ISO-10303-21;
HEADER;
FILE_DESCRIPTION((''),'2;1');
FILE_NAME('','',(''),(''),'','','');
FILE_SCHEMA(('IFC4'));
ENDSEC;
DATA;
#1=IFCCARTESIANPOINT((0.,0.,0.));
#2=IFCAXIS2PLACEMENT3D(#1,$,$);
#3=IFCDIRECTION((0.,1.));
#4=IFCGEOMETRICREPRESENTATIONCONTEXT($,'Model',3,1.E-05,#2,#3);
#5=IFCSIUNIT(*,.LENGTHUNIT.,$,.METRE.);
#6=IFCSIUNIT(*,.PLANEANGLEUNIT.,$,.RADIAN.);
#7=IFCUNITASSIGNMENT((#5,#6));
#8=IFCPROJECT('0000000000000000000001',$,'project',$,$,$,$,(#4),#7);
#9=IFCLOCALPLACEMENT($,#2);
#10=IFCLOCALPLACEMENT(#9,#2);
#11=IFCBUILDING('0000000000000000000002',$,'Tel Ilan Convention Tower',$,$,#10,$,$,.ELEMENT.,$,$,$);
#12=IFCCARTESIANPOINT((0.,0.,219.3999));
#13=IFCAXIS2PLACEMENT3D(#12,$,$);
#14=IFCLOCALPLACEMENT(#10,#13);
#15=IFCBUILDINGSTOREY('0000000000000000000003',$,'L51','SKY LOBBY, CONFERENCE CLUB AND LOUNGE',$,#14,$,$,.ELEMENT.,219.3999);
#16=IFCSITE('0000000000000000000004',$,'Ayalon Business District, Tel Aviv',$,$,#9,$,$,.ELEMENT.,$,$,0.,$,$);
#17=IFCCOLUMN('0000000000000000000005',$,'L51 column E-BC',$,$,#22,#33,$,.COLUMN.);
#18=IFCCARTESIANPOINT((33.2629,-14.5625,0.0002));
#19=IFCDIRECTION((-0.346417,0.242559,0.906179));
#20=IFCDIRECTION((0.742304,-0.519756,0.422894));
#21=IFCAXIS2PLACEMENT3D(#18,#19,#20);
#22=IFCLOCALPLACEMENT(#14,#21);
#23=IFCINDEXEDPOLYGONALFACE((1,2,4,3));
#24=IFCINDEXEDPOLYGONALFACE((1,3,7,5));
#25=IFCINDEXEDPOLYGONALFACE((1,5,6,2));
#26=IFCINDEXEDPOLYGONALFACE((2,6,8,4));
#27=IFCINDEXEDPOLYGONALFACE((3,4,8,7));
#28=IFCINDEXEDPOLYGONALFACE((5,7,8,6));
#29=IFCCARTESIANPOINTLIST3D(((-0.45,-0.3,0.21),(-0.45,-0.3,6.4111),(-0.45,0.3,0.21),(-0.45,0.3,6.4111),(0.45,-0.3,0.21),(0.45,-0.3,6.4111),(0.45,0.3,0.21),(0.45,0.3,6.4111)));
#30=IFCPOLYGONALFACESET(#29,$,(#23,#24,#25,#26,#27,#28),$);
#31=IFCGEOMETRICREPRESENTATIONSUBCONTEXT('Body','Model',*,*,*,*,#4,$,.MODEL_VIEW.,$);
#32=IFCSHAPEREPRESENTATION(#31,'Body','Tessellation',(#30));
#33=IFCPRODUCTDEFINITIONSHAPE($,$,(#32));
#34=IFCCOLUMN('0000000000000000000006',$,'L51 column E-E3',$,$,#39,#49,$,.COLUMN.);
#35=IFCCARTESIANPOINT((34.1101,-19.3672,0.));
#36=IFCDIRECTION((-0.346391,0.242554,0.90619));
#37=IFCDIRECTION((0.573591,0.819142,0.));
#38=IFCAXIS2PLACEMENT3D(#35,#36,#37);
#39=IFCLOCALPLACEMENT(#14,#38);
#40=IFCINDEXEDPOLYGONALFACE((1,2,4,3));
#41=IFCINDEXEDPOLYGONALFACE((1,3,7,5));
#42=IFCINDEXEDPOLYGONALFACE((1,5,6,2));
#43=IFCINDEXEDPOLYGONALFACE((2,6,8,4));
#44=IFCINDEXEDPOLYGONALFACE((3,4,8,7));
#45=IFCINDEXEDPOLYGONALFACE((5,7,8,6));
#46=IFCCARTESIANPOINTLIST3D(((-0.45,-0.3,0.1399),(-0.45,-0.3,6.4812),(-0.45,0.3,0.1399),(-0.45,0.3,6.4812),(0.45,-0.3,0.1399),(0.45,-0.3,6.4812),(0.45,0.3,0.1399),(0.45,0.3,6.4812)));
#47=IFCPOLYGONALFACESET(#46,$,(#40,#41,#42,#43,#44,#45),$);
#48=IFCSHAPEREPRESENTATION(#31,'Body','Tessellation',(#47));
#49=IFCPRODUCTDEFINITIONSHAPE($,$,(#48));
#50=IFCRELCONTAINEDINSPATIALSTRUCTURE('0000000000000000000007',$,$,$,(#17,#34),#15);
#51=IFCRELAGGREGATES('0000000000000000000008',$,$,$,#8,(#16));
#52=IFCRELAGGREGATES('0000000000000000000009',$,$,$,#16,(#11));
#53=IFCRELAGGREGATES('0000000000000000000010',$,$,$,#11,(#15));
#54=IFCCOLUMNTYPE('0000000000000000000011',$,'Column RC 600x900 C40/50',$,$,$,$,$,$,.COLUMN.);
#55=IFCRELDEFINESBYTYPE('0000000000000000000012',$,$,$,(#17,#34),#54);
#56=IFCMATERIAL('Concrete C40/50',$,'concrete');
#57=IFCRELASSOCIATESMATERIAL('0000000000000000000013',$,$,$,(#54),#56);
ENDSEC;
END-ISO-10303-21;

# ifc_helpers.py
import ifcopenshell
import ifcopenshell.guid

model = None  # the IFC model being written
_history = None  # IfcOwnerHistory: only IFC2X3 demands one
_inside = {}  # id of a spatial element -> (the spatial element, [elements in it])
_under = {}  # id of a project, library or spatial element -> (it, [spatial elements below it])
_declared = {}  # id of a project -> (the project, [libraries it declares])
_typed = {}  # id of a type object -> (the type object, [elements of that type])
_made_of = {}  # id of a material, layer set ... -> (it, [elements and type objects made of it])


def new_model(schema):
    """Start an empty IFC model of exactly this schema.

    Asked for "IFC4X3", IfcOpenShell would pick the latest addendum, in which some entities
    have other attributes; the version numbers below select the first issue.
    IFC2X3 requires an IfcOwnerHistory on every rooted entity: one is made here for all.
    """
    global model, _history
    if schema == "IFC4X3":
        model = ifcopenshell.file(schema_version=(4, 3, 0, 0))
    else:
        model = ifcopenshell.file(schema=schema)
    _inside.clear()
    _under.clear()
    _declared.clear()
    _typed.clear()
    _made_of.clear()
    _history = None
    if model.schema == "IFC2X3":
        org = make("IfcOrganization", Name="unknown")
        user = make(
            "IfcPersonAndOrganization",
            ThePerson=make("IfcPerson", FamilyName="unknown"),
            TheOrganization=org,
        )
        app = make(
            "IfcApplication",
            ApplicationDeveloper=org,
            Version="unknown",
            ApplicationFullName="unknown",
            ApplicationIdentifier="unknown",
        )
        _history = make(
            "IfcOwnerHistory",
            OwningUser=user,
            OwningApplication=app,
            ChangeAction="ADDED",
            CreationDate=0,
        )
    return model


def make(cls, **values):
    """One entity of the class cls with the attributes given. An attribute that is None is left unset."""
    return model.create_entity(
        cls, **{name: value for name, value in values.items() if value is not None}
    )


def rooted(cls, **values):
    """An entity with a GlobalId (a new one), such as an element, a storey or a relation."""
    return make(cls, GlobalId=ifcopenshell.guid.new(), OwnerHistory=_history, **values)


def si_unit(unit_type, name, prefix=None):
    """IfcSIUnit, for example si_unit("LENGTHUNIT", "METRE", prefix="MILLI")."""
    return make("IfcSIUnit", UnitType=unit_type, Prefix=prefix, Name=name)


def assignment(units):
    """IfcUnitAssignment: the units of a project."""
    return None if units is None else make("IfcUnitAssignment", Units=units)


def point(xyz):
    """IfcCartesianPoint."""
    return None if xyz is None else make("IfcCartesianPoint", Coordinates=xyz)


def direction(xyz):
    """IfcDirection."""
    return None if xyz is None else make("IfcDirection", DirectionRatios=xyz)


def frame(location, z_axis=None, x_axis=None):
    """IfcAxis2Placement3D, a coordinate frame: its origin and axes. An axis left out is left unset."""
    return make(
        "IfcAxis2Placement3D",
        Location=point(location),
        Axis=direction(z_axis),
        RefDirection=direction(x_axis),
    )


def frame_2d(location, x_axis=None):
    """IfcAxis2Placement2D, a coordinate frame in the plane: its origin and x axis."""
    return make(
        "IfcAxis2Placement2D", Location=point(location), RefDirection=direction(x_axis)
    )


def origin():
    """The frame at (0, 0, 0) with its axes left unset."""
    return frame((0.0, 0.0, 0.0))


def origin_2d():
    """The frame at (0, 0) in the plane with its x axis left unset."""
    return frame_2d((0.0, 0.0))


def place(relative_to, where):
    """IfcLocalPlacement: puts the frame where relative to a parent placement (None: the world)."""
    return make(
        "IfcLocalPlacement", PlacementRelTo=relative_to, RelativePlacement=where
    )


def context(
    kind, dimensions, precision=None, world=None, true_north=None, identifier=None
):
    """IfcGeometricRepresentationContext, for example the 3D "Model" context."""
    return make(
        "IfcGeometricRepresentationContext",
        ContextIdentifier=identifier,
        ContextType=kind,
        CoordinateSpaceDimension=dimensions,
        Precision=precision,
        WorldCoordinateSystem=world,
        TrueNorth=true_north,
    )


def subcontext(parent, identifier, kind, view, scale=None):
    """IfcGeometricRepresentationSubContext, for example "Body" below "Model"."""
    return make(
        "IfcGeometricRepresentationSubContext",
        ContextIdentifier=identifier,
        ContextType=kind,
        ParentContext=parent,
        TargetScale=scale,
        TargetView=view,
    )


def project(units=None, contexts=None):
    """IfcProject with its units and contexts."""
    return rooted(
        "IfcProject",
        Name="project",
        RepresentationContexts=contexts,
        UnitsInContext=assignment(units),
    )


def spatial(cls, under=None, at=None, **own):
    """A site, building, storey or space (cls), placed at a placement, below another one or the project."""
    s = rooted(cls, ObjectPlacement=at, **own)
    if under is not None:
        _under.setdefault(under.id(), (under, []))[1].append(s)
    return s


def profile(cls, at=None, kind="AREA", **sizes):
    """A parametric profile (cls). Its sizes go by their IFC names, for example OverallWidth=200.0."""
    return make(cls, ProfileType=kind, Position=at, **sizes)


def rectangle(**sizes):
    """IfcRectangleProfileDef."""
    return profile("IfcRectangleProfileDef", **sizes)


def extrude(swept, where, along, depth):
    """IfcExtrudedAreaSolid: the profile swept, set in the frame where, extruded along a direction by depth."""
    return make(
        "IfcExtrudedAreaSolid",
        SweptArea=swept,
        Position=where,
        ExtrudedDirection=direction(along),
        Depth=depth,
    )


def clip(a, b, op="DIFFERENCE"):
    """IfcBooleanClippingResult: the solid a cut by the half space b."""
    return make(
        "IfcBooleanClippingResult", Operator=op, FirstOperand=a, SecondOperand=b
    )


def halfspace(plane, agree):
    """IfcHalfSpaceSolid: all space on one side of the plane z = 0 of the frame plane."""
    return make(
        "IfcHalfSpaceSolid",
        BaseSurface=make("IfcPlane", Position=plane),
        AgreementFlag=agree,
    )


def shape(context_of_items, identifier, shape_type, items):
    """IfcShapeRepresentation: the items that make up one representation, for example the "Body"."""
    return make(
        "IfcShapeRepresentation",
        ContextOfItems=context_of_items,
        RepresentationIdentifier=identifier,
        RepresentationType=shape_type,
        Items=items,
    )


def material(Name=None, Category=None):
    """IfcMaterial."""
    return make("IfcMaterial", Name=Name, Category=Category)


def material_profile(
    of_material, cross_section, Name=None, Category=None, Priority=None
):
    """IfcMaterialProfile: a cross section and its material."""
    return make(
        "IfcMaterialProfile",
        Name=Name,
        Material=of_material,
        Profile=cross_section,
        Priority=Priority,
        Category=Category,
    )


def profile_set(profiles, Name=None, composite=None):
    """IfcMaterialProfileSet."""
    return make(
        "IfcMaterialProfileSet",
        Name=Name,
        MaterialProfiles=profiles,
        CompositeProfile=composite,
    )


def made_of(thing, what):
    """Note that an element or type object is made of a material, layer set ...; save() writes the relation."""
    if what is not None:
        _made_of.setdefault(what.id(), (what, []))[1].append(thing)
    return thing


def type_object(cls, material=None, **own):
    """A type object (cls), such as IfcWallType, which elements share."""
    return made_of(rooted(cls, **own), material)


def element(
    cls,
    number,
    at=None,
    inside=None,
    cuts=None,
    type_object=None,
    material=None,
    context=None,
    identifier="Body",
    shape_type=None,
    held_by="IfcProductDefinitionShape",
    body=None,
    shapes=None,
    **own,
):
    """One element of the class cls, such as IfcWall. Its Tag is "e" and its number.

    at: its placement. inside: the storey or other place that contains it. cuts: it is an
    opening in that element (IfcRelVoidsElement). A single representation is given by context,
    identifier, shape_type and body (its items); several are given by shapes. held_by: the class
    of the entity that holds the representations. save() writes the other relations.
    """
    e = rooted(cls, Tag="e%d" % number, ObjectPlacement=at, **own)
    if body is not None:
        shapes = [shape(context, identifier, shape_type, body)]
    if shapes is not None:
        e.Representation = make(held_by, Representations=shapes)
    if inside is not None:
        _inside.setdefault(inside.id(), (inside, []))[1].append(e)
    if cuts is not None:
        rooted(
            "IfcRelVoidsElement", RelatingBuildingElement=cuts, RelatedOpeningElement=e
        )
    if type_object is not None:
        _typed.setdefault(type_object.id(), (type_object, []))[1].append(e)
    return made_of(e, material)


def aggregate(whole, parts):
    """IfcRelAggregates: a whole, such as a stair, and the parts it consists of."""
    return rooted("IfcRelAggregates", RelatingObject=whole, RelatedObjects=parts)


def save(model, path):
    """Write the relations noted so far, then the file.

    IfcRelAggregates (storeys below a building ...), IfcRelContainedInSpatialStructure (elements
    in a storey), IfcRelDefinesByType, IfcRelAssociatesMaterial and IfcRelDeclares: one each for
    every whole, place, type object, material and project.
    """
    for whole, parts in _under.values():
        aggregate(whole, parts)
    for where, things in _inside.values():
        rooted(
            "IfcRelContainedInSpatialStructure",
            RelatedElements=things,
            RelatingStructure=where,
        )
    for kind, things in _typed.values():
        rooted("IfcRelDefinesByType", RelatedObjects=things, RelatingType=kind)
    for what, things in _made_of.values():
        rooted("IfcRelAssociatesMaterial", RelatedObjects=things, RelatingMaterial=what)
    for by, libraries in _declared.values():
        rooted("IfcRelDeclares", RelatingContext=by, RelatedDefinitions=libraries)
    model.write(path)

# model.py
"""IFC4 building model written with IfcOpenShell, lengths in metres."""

from ifc_helpers import new_model, si_unit, direction, frame, origin, origin_2d, place, context, subcontext, project, spatial, rectangle, extrude, clip, halfspace, material, material_profile, profile_set, type_object, element, save


model = new_model("IFC4")

# Units and contexts
model_context = context("Model", 3, precision=1e-05, world=origin(), true_north=direction((0.0, 1.0)))
body_context = subcontext(model_context, "Body", "Model", "MODEL_VIEW")
ifc_project = project(units=[si_unit("LENGTHUNIT", "METRE"), si_unit("PLANEANGLEUNIT", "RADIAN")], contexts=[model_context])

# Site, building, storey
site_placement = place(None, origin())
site = spatial("IfcSite", under=ifc_project, at=site_placement, Name="Ayalon Business District, Tel Aviv", CompositionType="ELEMENT", RefElevation=0.0)
building_placement = place(site_placement, origin())
building = spatial("IfcBuilding", under=site, at=building_placement, Name="Tel Ilan Convention Tower", CompositionType="ELEMENT")
storey_placement = place(building_placement, frame((0.0, 0.0, 219.3999)))
storey = spatial("IfcBuildingStorey", under=building, at=storey_placement, Name="L51", Description="SKY LOBBY, CONFERENCE CLUB AND LOUNGE", CompositionType="ELEMENT", Elevation=219.3999)

# Columns
ifc_material_1 = material(Name="Concrete C40/50", Category="concrete")
ifc_material_profile_1 = material_profile(ifc_material_1, rectangle(XDim=0.8999, YDim=0.6001, at=origin_2d()), Name="RC 600x900")
ifc_profile_set_1 = profile_set([ifc_material_profile_1], Name="Concrete C40/50")
column_type = type_object("IfcColumnType", Name="Column RC 600x900 C40/50", PredefinedType="COLUMN", material=ifc_profile_set_1)
column_1_placement = place(storey_placement, frame((33.2629, -14.5625, 0.0002), z_axis=(-0.346417, 0.242559, 0.906179), x_axis=(0.742304, -0.519756, 0.422894)))
element("IfcColumn", 1, at=column_1_placement, inside=storey, type_object=column_type, Name="L51 column E-BC", PredefinedType="COLUMN", context=body_context, shape_type="Clipping", body=[
    clip(clip(extrude(rectangle(XDim=0.8999, YDim=0.6001, at=origin_2d()), origin(), (0.0, 0.0, 1.0), 6.6211), halfspace(frame((0.0, 0.0, 0.21), z_axis=(0.0, 0.0, 1.0), x_axis=(1.0, 0.0, 0.0)), True)), halfspace(frame((0.0, 0.0, 6.4111), z_axis=(0.0, 0.0, 1.0), x_axis=(1.0, 0.0, 0.0)), False)),
])
column_2_placement = place(storey_placement, frame((34.1101, -19.3672, 0.0), z_axis=(-0.346391, 0.242554, 0.90619), x_axis=(0.573591, 0.819142, 0.0)))
element("IfcColumn", 2, at=column_2_placement, inside=storey, type_object=column_type, Name="L51 column E-E3", PredefinedType="COLUMN", context=body_context, shape_type="Clipping", body=[
    clip(clip(extrude(rectangle(XDim=0.8999, YDim=0.6001, at=origin_2d()), origin(), (0.0, 0.0, 1.0), 6.6211), halfspace(frame((0.0, 0.0, 0.1399), z_axis=(0.0, 0.0, 1.0), x_axis=(1.0, 0.0, 0.0)), True)), halfspace(frame((0.0, 0.0, 6.4812), z_axis=(0.0, 0.0, 1.0), x_axis=(1.0, 0.0, 0.0)), False)),
])

save(model, "model.ifc")
